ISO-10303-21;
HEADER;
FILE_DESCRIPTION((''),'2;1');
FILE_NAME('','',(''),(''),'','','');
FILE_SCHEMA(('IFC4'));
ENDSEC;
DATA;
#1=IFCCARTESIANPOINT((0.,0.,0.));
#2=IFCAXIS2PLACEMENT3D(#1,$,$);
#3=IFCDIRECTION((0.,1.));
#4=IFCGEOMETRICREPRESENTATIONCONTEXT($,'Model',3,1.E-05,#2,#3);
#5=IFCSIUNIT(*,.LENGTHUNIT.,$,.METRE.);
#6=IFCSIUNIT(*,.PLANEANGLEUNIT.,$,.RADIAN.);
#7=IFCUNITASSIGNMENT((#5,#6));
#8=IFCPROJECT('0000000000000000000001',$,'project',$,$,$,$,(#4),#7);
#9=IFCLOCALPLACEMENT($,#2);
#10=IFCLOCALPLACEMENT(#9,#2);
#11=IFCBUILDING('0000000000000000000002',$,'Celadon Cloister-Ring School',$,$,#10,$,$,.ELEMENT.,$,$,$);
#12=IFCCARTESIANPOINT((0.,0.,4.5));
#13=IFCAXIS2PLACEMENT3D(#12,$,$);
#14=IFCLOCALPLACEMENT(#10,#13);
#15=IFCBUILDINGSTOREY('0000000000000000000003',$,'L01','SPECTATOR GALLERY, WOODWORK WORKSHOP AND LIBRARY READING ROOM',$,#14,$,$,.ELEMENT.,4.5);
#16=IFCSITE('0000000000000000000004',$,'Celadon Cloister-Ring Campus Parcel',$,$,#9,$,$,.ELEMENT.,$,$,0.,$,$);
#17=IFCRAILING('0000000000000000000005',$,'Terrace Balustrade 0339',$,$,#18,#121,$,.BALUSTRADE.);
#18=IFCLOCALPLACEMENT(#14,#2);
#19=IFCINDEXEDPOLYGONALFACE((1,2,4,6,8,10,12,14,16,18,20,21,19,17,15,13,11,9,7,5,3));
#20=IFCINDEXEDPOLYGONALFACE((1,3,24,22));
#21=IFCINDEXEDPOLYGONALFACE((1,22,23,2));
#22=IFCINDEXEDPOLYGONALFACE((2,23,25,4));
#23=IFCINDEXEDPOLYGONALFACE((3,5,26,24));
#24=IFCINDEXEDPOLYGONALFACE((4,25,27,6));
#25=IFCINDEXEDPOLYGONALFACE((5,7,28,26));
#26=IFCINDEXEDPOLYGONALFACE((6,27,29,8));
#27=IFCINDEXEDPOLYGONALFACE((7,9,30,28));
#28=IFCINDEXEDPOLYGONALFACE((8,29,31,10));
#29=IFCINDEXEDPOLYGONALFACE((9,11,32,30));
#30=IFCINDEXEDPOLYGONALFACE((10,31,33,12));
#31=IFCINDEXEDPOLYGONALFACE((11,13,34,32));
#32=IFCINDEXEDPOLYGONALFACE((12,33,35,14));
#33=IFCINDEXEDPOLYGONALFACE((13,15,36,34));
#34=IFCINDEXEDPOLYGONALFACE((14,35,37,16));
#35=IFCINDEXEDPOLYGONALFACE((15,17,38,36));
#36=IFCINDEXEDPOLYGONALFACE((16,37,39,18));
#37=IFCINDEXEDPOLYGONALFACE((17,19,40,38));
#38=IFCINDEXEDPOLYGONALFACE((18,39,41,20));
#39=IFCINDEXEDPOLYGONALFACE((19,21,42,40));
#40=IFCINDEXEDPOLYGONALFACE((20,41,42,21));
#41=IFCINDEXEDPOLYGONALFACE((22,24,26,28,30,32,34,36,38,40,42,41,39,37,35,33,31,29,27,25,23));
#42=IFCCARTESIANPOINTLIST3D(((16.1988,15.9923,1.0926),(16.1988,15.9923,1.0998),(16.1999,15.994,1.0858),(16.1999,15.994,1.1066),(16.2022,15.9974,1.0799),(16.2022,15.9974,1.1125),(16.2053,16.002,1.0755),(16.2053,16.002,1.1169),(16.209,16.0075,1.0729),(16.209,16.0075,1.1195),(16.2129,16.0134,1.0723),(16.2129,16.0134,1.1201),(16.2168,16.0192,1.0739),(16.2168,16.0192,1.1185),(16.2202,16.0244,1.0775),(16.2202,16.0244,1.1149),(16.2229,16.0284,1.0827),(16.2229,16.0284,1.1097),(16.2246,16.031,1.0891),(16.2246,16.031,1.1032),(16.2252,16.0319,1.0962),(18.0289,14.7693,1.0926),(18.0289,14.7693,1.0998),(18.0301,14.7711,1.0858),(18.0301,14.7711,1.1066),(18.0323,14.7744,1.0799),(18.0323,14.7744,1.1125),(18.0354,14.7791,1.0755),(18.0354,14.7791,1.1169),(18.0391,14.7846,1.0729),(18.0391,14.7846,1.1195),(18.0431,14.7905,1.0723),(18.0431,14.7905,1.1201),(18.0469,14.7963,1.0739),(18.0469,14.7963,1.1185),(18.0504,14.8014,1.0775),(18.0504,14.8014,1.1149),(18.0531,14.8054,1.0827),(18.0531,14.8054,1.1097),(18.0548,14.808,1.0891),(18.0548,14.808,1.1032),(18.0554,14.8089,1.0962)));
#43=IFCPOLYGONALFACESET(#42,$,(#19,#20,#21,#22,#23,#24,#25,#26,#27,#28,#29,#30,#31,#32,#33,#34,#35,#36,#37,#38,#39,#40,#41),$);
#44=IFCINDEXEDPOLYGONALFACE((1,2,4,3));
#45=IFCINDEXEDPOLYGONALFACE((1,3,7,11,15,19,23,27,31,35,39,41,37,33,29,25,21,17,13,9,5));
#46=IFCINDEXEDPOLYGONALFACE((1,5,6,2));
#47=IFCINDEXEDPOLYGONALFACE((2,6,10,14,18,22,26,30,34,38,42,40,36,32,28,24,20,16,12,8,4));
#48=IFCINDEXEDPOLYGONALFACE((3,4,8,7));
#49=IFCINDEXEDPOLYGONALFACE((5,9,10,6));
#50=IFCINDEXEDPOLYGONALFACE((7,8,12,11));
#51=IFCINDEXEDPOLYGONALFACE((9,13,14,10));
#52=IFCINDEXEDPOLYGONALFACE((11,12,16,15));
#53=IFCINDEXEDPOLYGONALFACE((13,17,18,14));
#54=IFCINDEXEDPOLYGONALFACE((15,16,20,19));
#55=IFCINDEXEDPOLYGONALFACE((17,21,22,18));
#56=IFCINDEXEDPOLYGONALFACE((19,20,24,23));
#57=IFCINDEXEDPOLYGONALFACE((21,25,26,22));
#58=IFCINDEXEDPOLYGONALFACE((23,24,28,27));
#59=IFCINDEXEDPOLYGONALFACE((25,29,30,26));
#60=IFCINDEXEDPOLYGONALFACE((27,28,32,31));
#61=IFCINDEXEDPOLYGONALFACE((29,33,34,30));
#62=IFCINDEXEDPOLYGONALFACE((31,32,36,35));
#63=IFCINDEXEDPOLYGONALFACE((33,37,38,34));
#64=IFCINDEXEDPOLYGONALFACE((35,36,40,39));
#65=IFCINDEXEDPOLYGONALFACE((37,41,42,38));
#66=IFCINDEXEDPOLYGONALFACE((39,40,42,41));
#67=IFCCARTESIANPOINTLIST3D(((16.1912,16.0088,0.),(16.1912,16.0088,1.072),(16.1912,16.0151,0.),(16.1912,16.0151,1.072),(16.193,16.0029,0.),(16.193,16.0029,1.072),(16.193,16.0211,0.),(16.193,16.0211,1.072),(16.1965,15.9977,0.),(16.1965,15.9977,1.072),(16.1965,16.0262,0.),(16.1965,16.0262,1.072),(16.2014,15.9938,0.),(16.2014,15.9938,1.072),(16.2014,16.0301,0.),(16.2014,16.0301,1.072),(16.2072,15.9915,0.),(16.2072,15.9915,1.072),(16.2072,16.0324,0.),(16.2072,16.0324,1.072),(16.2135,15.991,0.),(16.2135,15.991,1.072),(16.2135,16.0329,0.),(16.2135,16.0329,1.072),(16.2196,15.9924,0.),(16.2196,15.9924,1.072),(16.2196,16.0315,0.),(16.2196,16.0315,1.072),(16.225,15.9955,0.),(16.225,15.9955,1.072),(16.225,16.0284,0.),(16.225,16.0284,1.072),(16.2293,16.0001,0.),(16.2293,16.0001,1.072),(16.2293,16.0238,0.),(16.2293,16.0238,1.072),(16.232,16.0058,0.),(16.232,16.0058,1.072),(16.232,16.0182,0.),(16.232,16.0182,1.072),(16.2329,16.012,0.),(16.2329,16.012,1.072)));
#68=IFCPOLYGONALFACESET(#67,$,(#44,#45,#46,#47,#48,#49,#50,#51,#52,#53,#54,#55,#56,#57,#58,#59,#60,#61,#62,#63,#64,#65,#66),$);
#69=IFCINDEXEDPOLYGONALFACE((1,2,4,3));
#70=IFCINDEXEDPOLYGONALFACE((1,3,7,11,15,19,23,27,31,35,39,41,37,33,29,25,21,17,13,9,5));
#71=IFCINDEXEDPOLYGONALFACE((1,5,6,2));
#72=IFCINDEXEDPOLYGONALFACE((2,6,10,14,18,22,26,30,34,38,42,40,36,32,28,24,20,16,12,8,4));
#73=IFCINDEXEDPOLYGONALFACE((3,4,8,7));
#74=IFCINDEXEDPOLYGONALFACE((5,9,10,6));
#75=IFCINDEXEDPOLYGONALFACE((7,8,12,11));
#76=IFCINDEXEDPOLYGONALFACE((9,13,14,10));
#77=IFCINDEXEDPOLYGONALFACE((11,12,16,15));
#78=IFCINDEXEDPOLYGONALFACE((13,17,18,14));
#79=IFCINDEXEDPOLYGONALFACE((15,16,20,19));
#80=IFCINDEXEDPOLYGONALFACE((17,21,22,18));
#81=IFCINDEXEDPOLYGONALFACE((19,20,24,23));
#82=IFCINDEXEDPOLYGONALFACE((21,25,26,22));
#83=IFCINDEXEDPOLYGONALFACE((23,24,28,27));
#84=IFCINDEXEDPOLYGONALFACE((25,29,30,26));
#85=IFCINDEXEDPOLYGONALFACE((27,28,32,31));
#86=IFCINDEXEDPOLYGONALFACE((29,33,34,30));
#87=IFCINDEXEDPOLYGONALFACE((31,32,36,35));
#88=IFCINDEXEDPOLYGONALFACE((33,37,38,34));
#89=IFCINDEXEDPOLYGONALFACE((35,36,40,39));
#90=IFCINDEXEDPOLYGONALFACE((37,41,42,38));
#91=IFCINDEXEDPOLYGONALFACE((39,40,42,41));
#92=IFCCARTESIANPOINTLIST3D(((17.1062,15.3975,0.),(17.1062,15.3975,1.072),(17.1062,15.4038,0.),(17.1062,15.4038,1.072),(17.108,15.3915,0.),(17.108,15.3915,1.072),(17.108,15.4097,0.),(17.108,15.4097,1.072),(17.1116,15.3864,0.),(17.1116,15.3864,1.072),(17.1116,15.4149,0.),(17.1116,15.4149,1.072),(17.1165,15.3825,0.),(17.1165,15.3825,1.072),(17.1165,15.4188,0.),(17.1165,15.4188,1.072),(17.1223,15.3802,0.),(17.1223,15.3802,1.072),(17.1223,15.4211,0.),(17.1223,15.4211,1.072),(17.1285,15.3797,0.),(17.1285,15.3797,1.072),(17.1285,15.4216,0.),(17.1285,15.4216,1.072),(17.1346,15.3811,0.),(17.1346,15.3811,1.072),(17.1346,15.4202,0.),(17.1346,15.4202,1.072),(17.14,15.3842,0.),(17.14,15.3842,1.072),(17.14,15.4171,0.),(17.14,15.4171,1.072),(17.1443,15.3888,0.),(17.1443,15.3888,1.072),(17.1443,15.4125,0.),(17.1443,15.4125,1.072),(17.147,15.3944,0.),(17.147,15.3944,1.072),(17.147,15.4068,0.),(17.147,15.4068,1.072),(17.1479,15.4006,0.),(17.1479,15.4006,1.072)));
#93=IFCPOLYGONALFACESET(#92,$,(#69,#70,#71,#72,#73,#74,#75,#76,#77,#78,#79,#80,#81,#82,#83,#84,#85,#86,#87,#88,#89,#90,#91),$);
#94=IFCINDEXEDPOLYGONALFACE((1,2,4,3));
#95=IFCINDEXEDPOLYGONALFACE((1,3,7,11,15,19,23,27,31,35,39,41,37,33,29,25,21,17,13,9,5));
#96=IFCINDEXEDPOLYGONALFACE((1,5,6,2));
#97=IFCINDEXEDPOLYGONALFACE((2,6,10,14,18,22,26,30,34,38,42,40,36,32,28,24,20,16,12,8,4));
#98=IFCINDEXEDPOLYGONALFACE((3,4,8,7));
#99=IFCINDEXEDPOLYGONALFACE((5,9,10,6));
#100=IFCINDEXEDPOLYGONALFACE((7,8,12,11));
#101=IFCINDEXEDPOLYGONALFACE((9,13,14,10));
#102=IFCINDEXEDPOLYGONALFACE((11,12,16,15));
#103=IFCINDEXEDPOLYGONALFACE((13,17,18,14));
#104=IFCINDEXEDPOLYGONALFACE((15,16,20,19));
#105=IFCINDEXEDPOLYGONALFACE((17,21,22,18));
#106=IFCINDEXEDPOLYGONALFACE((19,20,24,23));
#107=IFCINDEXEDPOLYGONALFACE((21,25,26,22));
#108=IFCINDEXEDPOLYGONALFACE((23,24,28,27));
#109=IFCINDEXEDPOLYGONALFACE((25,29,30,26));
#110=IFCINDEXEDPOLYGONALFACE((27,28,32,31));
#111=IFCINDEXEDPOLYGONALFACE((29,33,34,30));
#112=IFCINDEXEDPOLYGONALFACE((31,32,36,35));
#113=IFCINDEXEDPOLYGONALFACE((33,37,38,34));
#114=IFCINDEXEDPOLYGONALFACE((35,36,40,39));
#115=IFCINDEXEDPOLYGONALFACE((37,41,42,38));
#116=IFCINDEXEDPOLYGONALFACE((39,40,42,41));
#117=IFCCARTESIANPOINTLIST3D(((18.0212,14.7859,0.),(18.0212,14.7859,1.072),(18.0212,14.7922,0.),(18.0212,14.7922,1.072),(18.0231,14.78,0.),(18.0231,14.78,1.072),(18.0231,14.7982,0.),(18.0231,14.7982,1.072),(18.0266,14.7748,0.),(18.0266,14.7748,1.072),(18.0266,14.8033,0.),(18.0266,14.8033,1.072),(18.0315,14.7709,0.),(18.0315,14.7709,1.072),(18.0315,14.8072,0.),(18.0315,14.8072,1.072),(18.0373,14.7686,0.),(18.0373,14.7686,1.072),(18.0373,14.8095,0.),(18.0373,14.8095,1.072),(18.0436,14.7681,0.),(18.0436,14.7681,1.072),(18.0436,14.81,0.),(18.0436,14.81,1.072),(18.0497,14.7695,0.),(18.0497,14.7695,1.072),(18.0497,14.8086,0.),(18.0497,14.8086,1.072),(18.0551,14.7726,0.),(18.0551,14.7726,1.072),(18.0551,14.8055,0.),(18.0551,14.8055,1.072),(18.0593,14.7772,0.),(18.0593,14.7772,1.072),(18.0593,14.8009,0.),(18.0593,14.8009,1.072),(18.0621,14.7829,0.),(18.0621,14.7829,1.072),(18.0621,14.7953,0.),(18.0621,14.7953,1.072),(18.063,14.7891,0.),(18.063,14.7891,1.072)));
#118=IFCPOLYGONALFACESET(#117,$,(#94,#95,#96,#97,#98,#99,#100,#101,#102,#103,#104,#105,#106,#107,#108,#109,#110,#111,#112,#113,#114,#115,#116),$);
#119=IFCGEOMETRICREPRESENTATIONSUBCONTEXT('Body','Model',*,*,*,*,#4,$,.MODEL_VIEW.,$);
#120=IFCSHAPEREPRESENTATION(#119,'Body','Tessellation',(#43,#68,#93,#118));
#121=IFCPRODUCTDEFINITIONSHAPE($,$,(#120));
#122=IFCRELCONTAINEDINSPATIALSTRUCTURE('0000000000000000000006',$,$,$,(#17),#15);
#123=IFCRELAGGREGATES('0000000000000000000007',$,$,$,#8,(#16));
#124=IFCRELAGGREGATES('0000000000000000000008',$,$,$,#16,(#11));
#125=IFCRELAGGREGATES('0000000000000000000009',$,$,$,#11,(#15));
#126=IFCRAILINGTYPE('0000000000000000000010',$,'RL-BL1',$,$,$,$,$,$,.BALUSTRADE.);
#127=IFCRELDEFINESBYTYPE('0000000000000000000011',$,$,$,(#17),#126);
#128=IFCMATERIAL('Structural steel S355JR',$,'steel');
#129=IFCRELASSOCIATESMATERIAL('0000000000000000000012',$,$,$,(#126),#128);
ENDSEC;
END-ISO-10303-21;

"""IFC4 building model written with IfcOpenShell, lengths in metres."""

from ifc_helpers import new_model, si_unit, direction, frame, origin, origin_2d, place, context, subcontext, project, spatial, circle, extrude, material, type_object, element, save


model = new_model("IFC4")

# Units and contexts
model_context = context("Model", 3, precision=1e-05, world=origin(), true_north=direction((0.0, 1.0)))
body_context = subcontext(model_context, "Body", "Model", "MODEL_VIEW")
ifc_project = project(units=[si_unit("LENGTHUNIT", "METRE"), si_unit("PLANEANGLEUNIT", "RADIAN")], contexts=[model_context])

# Site, building, storey
site_placement = place(None, origin())
site = spatial("IfcSite", under=ifc_project, at=site_placement, Name="Celadon Cloister-Ring Campus Parcel", CompositionType="ELEMENT", RefElevation=0.0)
building_placement = place(site_placement, origin())
building = spatial("IfcBuilding", under=site, at=building_placement, Name="Celadon Cloister-Ring School", CompositionType="ELEMENT")
storey_placement = place(building_placement, frame((0.0, 0.0, 4.5)))
storey = spatial("IfcBuildingStorey", under=building, at=storey_placement, Name="L01", Description="SPECTATOR GALLERY, WOODWORK WORKSHOP AND LIBRARY READING ROOM", CompositionType="ELEMENT", Elevation=4.5)

# Railing
ifc_material_1 = material(Name="Structural steel S355JR", Category="steel")
railing_type = type_object("IfcRailingType", Name="RL-BL1", PredefinedType="BALUSTRADE", material=ifc_material_1)
railing_1_placement = place(storey_placement, frame((16.2119, 16.012, 0.0)))
element("IfcRailing", 1, at=railing_1_placement, inside=storey, type_object=railing_type, Name="Terrace Balustrade 0339", PredefinedType="BALUSTRADE", context=body_context, shape_type="SweptSolid", body=[
    extrude(circle(Radius=0.0239, at=origin_2d()), frame((0.0, 0.0, 1.0962), z_axis=(0.831453, -0.555596, 0.0), x_axis=(0.555596, 0.831453, 0.0)), (0.0, 0.0, 1.0), 2.2012),
    extrude(circle(Radius=0.021, at=origin_2d()), origin(), (0.0, 0.0, 1.0), 1.072),
    extrude(circle(Radius=0.021, at=origin_2d()), frame((0.915, -0.6113, 0.0)), (0.0, 0.0, 1.0), 1.072),
    extrude(circle(Radius=0.021, at=origin_2d()), frame((1.8301, -1.2229, 0.0)), (0.0, 0.0, 1.0), 1.072),
])

save(model, "model.ifc")
